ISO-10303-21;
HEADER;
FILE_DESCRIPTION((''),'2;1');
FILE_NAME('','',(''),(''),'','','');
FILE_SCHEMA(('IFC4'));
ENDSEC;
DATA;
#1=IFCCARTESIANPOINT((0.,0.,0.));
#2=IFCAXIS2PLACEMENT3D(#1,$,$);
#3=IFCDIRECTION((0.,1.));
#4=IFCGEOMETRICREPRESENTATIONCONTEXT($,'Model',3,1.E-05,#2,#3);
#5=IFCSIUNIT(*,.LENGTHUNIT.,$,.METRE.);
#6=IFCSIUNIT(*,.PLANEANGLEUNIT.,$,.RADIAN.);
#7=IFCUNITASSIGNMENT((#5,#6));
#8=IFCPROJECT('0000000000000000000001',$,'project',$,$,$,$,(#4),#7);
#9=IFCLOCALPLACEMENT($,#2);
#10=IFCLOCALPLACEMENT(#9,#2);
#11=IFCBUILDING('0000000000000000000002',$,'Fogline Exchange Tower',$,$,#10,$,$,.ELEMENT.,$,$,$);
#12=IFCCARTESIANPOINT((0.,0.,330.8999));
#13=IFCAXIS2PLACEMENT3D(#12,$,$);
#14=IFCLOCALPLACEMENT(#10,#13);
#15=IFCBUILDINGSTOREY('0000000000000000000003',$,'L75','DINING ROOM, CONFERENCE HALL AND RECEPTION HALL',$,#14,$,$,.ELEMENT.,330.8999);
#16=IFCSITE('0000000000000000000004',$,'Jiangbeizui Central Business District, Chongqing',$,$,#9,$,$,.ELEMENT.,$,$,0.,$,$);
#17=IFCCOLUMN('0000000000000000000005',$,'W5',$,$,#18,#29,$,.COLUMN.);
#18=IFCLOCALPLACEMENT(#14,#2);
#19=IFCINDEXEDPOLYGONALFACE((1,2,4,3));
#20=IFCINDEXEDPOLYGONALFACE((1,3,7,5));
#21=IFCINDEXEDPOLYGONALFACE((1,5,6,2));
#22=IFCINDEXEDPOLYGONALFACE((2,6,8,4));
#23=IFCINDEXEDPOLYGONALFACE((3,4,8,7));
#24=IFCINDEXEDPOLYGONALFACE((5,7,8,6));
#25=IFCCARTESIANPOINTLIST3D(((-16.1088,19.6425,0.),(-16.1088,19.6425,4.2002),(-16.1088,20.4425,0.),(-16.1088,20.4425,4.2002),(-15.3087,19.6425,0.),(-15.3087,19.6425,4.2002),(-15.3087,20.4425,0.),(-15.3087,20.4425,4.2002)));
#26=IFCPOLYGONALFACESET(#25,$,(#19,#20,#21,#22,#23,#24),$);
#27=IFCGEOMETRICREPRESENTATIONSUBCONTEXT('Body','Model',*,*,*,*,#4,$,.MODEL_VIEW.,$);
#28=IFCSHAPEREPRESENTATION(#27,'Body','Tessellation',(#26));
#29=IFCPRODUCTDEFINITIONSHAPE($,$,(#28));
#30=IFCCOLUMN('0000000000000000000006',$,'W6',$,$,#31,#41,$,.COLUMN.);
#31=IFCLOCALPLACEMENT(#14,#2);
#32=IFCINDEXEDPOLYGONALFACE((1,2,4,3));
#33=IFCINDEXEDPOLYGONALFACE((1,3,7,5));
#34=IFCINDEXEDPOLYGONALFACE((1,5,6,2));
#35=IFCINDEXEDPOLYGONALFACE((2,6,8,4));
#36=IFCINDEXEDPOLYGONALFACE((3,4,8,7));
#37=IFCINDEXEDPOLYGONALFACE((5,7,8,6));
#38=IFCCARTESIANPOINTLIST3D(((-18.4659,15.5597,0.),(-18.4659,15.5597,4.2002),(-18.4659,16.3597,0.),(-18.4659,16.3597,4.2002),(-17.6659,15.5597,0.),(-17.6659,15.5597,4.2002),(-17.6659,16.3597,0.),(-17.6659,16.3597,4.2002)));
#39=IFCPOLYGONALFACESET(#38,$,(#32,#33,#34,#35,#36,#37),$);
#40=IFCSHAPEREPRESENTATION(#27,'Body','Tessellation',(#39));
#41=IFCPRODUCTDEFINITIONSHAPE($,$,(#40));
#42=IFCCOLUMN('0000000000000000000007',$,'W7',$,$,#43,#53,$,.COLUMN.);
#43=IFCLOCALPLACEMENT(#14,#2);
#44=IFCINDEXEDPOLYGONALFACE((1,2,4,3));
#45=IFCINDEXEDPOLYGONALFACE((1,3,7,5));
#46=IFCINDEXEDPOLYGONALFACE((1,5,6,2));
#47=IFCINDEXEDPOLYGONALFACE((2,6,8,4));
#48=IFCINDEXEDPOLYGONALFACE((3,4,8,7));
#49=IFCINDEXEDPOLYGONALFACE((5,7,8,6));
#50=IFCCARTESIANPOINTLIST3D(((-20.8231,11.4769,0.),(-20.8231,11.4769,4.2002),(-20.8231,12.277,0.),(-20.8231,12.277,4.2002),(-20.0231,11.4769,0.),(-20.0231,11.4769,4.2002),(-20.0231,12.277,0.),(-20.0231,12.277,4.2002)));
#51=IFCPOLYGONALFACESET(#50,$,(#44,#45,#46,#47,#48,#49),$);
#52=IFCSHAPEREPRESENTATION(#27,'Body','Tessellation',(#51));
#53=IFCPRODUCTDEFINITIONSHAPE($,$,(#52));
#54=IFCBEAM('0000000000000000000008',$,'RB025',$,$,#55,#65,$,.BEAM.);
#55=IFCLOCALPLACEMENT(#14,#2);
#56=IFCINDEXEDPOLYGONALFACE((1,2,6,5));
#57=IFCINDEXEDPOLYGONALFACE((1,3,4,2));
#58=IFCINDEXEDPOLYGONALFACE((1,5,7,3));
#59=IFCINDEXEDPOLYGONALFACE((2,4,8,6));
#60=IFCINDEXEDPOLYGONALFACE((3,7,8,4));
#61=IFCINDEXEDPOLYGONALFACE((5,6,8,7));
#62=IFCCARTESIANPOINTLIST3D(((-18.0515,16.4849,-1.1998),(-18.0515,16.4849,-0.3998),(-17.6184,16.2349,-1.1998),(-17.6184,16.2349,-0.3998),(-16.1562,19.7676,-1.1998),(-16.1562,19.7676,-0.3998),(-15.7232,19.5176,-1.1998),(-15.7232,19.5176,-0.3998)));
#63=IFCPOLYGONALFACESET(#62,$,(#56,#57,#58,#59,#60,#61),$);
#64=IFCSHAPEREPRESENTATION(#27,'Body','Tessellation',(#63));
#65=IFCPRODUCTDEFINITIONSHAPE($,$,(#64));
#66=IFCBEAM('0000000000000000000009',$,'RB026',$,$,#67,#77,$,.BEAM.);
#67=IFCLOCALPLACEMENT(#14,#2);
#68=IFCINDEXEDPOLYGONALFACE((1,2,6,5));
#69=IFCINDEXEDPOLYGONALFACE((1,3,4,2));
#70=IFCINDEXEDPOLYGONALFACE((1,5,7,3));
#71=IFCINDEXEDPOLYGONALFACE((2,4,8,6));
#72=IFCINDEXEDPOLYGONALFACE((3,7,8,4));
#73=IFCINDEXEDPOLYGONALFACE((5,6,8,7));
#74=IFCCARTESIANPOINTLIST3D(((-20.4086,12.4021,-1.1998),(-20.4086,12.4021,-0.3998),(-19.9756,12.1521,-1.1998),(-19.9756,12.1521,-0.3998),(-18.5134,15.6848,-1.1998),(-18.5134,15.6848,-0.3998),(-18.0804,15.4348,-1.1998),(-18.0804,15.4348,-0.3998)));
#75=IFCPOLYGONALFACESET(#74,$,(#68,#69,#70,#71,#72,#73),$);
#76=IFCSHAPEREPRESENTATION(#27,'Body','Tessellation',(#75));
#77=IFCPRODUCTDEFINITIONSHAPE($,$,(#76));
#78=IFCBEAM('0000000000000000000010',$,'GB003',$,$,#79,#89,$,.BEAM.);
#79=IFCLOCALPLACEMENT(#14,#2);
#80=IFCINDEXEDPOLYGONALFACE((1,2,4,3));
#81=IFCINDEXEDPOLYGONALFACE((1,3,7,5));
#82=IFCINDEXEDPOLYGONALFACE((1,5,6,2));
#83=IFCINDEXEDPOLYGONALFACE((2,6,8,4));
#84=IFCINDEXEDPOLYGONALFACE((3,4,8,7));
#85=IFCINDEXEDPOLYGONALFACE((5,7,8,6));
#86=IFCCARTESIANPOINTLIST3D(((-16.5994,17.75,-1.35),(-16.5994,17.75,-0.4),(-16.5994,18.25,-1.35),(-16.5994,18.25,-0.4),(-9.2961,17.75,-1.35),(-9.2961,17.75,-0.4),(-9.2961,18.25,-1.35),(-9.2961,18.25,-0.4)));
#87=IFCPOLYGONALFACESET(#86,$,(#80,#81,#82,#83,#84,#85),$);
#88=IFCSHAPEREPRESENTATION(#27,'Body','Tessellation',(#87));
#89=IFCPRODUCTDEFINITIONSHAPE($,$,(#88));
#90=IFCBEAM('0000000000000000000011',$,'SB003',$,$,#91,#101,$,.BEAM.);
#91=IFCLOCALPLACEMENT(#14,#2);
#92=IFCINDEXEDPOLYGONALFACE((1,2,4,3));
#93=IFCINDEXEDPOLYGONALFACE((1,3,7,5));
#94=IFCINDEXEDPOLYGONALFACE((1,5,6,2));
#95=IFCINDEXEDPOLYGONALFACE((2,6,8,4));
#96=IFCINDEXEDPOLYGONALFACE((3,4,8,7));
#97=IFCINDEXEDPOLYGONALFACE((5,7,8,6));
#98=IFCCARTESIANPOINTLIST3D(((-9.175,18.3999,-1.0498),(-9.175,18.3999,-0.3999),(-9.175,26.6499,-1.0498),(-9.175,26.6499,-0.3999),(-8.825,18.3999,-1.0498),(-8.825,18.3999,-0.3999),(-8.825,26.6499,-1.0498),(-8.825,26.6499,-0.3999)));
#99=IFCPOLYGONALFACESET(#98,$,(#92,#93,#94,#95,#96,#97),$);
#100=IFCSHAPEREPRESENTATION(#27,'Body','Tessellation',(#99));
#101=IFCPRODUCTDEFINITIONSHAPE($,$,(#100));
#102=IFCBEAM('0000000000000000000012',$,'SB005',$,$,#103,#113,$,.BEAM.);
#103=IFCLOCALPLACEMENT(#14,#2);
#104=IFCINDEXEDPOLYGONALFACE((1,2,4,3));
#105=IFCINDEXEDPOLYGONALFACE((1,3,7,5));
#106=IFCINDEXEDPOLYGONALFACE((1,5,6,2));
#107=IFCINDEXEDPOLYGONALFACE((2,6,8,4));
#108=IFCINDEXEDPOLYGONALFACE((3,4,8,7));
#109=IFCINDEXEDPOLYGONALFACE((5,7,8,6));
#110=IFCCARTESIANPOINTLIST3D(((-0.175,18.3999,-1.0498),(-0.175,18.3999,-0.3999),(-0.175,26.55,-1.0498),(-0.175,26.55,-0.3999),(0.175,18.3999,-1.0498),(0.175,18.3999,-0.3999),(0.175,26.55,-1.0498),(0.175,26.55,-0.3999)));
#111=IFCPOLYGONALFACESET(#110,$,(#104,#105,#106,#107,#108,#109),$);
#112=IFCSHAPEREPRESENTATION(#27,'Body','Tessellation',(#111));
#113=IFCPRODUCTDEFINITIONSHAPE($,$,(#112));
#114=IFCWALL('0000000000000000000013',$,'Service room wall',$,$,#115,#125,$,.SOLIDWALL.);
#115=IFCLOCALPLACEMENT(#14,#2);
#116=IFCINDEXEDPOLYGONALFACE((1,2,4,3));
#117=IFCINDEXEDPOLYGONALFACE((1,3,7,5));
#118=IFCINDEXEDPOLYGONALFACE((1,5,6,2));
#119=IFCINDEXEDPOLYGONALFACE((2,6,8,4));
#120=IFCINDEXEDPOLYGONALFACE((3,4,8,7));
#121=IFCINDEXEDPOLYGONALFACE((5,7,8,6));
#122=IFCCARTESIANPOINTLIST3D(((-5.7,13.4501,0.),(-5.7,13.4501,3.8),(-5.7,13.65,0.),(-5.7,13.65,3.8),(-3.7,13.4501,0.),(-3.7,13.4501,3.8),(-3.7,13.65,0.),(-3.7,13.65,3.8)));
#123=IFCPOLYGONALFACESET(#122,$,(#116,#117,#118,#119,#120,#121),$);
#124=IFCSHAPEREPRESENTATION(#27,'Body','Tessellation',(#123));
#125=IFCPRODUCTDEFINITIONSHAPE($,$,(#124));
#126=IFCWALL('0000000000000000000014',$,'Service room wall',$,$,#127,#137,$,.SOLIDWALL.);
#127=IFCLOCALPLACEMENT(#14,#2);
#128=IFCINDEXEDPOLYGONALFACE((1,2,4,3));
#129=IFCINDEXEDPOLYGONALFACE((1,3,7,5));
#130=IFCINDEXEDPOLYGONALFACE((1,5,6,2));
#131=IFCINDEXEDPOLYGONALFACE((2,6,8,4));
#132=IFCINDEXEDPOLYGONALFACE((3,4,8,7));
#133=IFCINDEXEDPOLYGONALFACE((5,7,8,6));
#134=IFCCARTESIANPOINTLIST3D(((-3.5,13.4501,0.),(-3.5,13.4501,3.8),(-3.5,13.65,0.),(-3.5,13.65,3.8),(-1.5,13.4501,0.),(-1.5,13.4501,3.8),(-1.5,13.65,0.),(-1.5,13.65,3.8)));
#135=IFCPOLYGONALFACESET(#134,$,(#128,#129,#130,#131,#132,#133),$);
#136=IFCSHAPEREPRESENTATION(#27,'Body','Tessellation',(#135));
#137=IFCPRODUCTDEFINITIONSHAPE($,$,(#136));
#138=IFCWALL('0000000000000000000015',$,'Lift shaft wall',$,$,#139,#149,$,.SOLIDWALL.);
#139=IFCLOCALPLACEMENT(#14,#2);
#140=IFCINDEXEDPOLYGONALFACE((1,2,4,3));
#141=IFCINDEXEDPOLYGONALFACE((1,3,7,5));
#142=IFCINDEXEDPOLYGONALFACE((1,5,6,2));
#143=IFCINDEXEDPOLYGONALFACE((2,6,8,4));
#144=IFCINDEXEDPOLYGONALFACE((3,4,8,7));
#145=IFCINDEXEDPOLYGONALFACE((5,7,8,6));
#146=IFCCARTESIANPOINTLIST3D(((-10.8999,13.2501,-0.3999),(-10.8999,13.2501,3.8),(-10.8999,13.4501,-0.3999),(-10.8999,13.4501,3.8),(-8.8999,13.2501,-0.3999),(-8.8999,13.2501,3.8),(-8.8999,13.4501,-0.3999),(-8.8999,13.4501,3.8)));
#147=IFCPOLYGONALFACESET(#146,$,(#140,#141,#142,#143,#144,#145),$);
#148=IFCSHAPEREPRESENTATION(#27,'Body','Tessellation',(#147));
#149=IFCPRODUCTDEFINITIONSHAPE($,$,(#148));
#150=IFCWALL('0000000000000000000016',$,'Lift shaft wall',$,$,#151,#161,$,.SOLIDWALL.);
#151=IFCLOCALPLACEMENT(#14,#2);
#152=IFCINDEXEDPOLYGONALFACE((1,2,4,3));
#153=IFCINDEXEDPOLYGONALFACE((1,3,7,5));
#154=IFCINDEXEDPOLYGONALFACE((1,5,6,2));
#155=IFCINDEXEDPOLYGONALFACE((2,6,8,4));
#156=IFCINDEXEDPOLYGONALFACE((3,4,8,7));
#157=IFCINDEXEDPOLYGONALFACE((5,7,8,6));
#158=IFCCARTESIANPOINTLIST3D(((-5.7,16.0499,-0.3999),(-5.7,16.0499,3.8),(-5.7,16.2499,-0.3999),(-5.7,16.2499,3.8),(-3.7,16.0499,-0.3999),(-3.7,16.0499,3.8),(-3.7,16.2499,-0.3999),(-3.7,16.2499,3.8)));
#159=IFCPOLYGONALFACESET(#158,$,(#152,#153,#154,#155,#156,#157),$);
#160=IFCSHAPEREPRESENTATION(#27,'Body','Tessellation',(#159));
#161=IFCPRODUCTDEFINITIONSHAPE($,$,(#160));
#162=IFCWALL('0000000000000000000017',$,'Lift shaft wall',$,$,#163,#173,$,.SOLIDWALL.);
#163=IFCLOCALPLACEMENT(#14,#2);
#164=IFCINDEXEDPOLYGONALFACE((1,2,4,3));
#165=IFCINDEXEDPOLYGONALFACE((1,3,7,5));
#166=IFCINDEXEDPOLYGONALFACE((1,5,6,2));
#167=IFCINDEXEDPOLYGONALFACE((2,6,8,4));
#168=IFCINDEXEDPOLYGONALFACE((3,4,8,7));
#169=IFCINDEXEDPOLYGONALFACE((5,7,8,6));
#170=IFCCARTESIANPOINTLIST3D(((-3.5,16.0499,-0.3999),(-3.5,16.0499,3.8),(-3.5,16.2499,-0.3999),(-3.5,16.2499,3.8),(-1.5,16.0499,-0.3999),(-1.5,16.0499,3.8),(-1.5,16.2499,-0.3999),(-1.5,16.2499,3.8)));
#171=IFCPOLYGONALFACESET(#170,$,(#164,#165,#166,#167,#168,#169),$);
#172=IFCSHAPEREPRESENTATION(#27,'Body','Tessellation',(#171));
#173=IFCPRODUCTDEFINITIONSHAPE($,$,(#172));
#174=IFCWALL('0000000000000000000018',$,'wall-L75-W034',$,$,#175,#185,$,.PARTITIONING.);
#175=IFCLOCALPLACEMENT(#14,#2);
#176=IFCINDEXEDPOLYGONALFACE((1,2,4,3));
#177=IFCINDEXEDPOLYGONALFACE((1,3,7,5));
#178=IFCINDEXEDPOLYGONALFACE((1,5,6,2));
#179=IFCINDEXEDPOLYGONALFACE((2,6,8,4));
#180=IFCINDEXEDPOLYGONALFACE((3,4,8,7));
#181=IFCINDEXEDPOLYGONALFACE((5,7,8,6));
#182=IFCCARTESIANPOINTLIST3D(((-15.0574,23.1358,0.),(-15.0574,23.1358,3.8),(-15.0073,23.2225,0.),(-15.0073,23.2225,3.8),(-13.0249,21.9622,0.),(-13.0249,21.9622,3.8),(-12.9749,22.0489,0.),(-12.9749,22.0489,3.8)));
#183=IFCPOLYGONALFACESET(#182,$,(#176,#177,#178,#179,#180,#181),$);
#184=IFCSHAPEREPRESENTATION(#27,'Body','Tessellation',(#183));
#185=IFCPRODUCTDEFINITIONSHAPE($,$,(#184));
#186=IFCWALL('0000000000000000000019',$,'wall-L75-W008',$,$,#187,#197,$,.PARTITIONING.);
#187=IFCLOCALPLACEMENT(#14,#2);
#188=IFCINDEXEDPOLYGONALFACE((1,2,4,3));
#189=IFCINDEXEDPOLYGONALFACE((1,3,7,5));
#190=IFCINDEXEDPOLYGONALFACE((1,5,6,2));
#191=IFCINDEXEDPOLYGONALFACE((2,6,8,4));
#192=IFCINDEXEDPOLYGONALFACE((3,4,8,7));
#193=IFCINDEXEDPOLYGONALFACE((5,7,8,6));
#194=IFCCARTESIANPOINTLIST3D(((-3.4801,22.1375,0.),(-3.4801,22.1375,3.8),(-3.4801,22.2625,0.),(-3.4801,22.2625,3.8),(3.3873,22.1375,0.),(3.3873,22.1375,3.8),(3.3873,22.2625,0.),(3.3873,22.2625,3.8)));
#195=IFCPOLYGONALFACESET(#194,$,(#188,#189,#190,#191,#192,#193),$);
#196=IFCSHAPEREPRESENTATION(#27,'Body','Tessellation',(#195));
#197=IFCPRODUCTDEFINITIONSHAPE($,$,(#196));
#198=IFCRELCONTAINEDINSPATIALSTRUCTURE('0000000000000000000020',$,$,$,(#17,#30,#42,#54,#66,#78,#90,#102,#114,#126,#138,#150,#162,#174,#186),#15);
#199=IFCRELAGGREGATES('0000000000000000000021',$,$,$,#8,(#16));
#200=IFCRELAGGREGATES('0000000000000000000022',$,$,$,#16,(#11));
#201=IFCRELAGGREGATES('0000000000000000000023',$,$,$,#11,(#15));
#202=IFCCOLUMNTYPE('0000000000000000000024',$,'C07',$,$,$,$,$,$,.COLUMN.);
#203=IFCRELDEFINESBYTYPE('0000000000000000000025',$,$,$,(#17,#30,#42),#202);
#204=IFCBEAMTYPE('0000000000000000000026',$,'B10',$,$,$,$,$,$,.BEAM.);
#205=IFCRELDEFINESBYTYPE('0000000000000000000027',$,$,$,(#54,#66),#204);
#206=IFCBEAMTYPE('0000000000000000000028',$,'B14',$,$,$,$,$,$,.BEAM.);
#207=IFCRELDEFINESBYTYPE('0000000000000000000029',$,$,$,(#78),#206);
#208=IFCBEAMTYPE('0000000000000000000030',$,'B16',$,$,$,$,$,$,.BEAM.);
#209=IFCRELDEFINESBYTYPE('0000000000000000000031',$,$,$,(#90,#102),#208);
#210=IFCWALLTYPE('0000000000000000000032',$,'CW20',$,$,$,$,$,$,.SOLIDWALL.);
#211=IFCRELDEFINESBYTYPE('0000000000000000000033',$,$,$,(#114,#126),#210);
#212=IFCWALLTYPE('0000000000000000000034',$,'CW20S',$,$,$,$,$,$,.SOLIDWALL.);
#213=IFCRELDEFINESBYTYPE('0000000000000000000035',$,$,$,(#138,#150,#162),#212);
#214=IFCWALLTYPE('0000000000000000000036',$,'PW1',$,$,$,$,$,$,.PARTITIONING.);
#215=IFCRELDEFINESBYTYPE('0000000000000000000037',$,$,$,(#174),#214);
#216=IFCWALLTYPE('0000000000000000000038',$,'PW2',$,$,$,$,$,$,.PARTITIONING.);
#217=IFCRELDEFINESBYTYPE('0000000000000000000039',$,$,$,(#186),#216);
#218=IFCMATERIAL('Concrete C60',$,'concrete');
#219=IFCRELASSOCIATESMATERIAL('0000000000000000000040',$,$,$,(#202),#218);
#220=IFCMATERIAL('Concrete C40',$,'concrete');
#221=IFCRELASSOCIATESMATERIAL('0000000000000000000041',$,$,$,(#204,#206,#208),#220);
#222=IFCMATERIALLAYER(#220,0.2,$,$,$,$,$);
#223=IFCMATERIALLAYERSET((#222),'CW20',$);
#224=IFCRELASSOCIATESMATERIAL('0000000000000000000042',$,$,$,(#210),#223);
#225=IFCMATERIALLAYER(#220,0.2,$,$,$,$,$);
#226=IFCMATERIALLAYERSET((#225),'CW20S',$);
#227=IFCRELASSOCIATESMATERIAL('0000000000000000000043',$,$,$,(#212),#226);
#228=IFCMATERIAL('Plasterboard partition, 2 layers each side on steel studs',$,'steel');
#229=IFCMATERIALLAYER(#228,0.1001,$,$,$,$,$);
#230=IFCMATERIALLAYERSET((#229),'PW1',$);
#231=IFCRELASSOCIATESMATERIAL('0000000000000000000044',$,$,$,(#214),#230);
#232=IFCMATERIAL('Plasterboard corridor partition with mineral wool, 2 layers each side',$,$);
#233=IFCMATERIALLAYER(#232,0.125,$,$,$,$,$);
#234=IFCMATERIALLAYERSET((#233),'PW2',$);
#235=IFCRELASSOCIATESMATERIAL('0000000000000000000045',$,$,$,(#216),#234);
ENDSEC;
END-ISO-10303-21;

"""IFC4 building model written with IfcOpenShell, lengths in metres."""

from ifc_helpers import new_model, si_unit, direction, frame, frame_2d, origin, origin_2d, place, context, subcontext, project, spatial, rectangle, extrude, material, layer, layer_set, material_profile, profile_set, type_object, element, save


model = new_model("IFC4")

# Units and contexts
model_context = context("Model", 3, precision=1e-05, world=origin(), true_north=direction((0.0, 1.0)))
body_context = subcontext(model_context, "Body", "Model", "MODEL_VIEW")
ifc_project = project(units=[si_unit("LENGTHUNIT", "METRE"), si_unit("PLANEANGLEUNIT", "RADIAN")], contexts=[model_context])

# Site, building, storey
site_placement = place(None, origin())
site = spatial("IfcSite", under=ifc_project, at=site_placement, Name="Jiangbeizui Central Business District, Chongqing", CompositionType="ELEMENT", RefElevation=0.0)
building_placement = place(site_placement, origin())
building = spatial("IfcBuilding", under=site, at=building_placement, Name="Fogline Exchange Tower", CompositionType="ELEMENT")
storey_placement = place(building_placement, frame((0.0, 0.0, 330.8999)))
storey = spatial("IfcBuildingStorey", under=building, at=storey_placement, Name="L75", Description="DINING ROOM, CONFERENCE HALL AND RECEPTION HALL", CompositionType="ELEMENT", Elevation=330.8999)

# Columns
ifc_material_1 = material(Name="Concrete C60", Category="concrete")
ifc_material_profile_1 = material_profile(ifc_material_1, rectangle(XDim=0.8, YDim=0.8, at=origin_2d()), Name="RC 800x800")
ifc_profile_set_1 = profile_set([ifc_material_profile_1], Name="Concrete C60")
column_type = type_object("IfcColumnType", Name="C07", PredefinedType="COLUMN", material=ifc_profile_set_1)
for number, where, z_axis, x_axis, name in (
    (1, (-15.7087, 20.0425, 0.0), (0.0, 0.0, 1.0), (1.0, 0.0, 0.0), "W5"),
    (2, (-18.0659, 15.9597, 0.0), (0.0, 0.0, 1.0), (1.0, 0.0, 0.0), "W6"),
    (3, (-20.4231, 11.877, 0.0), (0.0, 0.0, 1.0), (1.0, 0.0, 0.0), "W7"),
):
    element("IfcColumn", number, at=place(storey_placement, frame(where, z_axis=z_axis, x_axis=x_axis)), inside=storey, type_object=column_type, Name=name, PredefinedType="COLUMN", context=body_context, shape_type="SweptSolid", body=[
        extrude(rectangle(XDim=0.8, YDim=0.8, at=origin_2d()), origin(), (0.0, 0.0, 1.0), 4.2002),
    ])

# Beams
ifc_material_2 = material(Name="Concrete C40", Category="concrete")
ifc_material_profile_2 = material_profile(ifc_material_2, rectangle(XDim=0.5, YDim=0.8, at=origin_2d()), Name="RC 500x800")
ifc_profile_set_2 = profile_set([ifc_material_profile_2], Name="Concrete C40")
beam_type_1 = type_object("IfcBeamType", Name="B10", PredefinedType="BEAM", material=ifc_profile_set_2)
for number, where, z_axis, x_axis, name in (
    (4, (-15.9397, 19.6426, -0.7998), (-0.499998, -0.866027, 0.0), (0.866027, -0.499998, 0.0), "RB025"),
    (5, (-18.2969, 15.5598, -0.7998), (-0.499998, -0.866027, 0.0), (0.866027, -0.499998, 0.0), "RB026"),
):
    element("IfcBeam", number, at=place(storey_placement, frame(where, z_axis=z_axis, x_axis=x_axis)), inside=storey, type_object=beam_type_1, Name=name, PredefinedType="BEAM", context=body_context, shape_type="SweptSolid", body=[
        extrude(rectangle(XDim=0.5, YDim=0.8, at=origin_2d()), origin(), (0.0, 0.0, 1.0), 3.7905),
    ])
ifc_material_profile_3 = material_profile(ifc_material_2, rectangle(XDim=0.5, YDim=0.95, at=origin_2d()), Name="RC 500x950")
ifc_profile_set_3 = profile_set([ifc_material_profile_3], Name="Concrete C40")
beam_type_2 = type_object("IfcBeamType", Name="B14", PredefinedType="BEAM", material=ifc_profile_set_3)
beam_1_placement = place(storey_placement, frame((-16.5994, 18.0, -0.875), z_axis=(1.0, 0.0, 0.0), x_axis=(0.0, 1.0, 0.0)))
element("IfcBeam", 6, at=beam_1_placement, inside=storey, type_object=beam_type_2, Name="GB003", PredefinedType="BEAM", context=body_context, shape_type="SweptSolid", body=[
    extrude(rectangle(XDim=0.5, YDim=0.95, at=origin_2d()), origin(), (0.0, 0.0, 1.0), 7.3032),
])
ifc_material_profile_4 = material_profile(ifc_material_2, rectangle(XDim=0.3501, YDim=0.6499, at=origin_2d()), Name="RC 350x650")
ifc_profile_set_4 = profile_set([ifc_material_profile_4], Name="Concrete C40")
beam_type_3 = type_object("IfcBeamType", Name="B16", PredefinedType="BEAM", material=ifc_profile_set_4)
beam_2_placement = place(storey_placement, frame((-9.0, 18.3999, -0.7249), z_axis=(0.0, 1.0, 0.0), x_axis=(-1.0, 0.0, 0.0)))
element("IfcBeam", 7, at=beam_2_placement, inside=storey, type_object=beam_type_3, Name="SB003", PredefinedType="BEAM", context=body_context, shape_type="SweptSolid", body=[
    extrude(rectangle(XDim=0.3501, YDim=0.6499, at=origin_2d()), origin(), (0.0, 0.0, 1.0), 8.25),
])
beam_3_placement = place(storey_placement, frame((0.0, 18.3999, -0.7249), z_axis=(0.0, 1.0, 0.0), x_axis=(-1.0, 0.0, 0.0)))
element("IfcBeam", 8, at=beam_3_placement, inside=storey, type_object=beam_type_3, Name="SB005", PredefinedType="BEAM", context=body_context, shape_type="SweptSolid", body=[
    extrude(rectangle(XDim=0.3501, YDim=0.6499, at=origin_2d()), origin(), (0.0, 0.0, 1.0), 8.1501),
])

# Walls
ifc_layer_1 = layer(ifc_material_2, 0.2)
ifc_layer_set_1 = layer_set([ifc_layer_1], Name="CW20")
wall_type_1 = type_object("IfcWallType", Name="CW20", PredefinedType="SOLIDWALL", material=ifc_layer_set_1)
for number, where, z_axis, x_axis, name in (
    (9, (-5.7, 13.55, 0.0), (0.0, 0.0, 1.0), (1.0, 0.0, 0.0), "Service room wall"),
    (10, (-3.5, 13.55, 0.0), (0.0, 0.0, 1.0), (1.0, 0.0, 0.0), "Service room wall"),
):
    element("IfcWall", number, at=place(storey_placement, frame(where, z_axis=z_axis, x_axis=x_axis)), inside=storey, type_object=wall_type_1, Name=name, PredefinedType="SOLIDWALL", context=body_context, shape_type="SweptSolid", body=[
        extrude(rectangle(XDim=2.0, YDim=0.2, at=frame_2d((1.0, 0.0))), origin(), (0.0, 0.0, 1.0), 3.8),
    ])
ifc_layer_2 = layer(ifc_material_2, 0.2)
ifc_layer_set_2 = layer_set([ifc_layer_2], Name="CW20S")
wall_type_2 = type_object("IfcWallType", Name="CW20S", PredefinedType="SOLIDWALL", material=ifc_layer_set_2)
for number, where, z_axis, x_axis, name in (
    (11, (-10.8999, 13.3501, -0.3999), (0.0, 0.0, 1.0), (1.0, 0.0, 0.0), "Lift shaft wall"),
    (12, (-5.7, 16.1499, -0.3999), (0.0, 0.0, 1.0), (1.0, 0.0, 0.0), "Lift shaft wall"),
    (13, (-3.5, 16.1499, -0.3999), (0.0, 0.0, 1.0), (1.0, 0.0, 0.0), "Lift shaft wall"),
):
    element("IfcWall", number, at=place(storey_placement, frame(where, z_axis=z_axis, x_axis=x_axis)), inside=storey, type_object=wall_type_2, Name=name, PredefinedType="SOLIDWALL", context=body_context, shape_type="SweptSolid", body=[
        extrude(rectangle(XDim=2.0, YDim=0.2, at=frame_2d((1.0, 0.0))), origin(), (0.0, 0.0, 1.0), 4.2),
    ])
ifc_material_3 = material(Name="Plasterboard partition, 2 layers each side on steel studs", Category="steel")
ifc_layer_3 = layer(ifc_material_3, 0.1001)
ifc_layer_set_3 = layer_set([ifc_layer_3], Name="PW1")
wall_type_3 = type_object("IfcWallType", Name="PW1", PredefinedType="PARTITIONING", material=ifc_layer_set_3)
wall_1_placement = place(storey_placement, frame((-13.0, 22.0056, 0.0), z_axis=(0.0, 0.0, 1.0), x_axis=(-0.866, 0.500044, 0.0)))
element("IfcWall", 14, at=wall_1_placement, inside=storey, type_object=wall_type_3, Name="wall-L75-W034", PredefinedType="PARTITIONING", context=body_context, shape_type="SweptSolid", body=[
    extrude(rectangle(XDim=2.3469, YDim=0.1001, at=frame_2d((1.1733, 0.0))), origin(), (0.0, 0.0, 1.0), 3.8),
])
ifc_material_4 = material(Name="Plasterboard corridor partition with mineral wool, 2 layers each side")
ifc_layer_4 = layer(ifc_material_4, 0.125)
ifc_layer_set_4 = layer_set([ifc_layer_4], Name="PW2")
wall_type_4 = type_object("IfcWallType", Name="PW2", PredefinedType="PARTITIONING", material=ifc_layer_set_4)
wall_2_placement = place(storey_placement, frame((-3.48, 22.2, 0.0), z_axis=(0.0, 0.0, 1.0), x_axis=(1.0, 0.0, 0.0)))
element("IfcWall", 15, at=wall_2_placement, inside=storey, type_object=wall_type_4, Name="wall-L75-W008", PredefinedType="PARTITIONING", context=body_context, shape_type="SweptSolid", body=[
    extrude(rectangle(XDim=6.8674, YDim=0.125, at=frame_2d((3.4336, 0.0))), origin(), (0.0, 0.0, 1.0), 3.8),
])

save(model, "model.ifc")
